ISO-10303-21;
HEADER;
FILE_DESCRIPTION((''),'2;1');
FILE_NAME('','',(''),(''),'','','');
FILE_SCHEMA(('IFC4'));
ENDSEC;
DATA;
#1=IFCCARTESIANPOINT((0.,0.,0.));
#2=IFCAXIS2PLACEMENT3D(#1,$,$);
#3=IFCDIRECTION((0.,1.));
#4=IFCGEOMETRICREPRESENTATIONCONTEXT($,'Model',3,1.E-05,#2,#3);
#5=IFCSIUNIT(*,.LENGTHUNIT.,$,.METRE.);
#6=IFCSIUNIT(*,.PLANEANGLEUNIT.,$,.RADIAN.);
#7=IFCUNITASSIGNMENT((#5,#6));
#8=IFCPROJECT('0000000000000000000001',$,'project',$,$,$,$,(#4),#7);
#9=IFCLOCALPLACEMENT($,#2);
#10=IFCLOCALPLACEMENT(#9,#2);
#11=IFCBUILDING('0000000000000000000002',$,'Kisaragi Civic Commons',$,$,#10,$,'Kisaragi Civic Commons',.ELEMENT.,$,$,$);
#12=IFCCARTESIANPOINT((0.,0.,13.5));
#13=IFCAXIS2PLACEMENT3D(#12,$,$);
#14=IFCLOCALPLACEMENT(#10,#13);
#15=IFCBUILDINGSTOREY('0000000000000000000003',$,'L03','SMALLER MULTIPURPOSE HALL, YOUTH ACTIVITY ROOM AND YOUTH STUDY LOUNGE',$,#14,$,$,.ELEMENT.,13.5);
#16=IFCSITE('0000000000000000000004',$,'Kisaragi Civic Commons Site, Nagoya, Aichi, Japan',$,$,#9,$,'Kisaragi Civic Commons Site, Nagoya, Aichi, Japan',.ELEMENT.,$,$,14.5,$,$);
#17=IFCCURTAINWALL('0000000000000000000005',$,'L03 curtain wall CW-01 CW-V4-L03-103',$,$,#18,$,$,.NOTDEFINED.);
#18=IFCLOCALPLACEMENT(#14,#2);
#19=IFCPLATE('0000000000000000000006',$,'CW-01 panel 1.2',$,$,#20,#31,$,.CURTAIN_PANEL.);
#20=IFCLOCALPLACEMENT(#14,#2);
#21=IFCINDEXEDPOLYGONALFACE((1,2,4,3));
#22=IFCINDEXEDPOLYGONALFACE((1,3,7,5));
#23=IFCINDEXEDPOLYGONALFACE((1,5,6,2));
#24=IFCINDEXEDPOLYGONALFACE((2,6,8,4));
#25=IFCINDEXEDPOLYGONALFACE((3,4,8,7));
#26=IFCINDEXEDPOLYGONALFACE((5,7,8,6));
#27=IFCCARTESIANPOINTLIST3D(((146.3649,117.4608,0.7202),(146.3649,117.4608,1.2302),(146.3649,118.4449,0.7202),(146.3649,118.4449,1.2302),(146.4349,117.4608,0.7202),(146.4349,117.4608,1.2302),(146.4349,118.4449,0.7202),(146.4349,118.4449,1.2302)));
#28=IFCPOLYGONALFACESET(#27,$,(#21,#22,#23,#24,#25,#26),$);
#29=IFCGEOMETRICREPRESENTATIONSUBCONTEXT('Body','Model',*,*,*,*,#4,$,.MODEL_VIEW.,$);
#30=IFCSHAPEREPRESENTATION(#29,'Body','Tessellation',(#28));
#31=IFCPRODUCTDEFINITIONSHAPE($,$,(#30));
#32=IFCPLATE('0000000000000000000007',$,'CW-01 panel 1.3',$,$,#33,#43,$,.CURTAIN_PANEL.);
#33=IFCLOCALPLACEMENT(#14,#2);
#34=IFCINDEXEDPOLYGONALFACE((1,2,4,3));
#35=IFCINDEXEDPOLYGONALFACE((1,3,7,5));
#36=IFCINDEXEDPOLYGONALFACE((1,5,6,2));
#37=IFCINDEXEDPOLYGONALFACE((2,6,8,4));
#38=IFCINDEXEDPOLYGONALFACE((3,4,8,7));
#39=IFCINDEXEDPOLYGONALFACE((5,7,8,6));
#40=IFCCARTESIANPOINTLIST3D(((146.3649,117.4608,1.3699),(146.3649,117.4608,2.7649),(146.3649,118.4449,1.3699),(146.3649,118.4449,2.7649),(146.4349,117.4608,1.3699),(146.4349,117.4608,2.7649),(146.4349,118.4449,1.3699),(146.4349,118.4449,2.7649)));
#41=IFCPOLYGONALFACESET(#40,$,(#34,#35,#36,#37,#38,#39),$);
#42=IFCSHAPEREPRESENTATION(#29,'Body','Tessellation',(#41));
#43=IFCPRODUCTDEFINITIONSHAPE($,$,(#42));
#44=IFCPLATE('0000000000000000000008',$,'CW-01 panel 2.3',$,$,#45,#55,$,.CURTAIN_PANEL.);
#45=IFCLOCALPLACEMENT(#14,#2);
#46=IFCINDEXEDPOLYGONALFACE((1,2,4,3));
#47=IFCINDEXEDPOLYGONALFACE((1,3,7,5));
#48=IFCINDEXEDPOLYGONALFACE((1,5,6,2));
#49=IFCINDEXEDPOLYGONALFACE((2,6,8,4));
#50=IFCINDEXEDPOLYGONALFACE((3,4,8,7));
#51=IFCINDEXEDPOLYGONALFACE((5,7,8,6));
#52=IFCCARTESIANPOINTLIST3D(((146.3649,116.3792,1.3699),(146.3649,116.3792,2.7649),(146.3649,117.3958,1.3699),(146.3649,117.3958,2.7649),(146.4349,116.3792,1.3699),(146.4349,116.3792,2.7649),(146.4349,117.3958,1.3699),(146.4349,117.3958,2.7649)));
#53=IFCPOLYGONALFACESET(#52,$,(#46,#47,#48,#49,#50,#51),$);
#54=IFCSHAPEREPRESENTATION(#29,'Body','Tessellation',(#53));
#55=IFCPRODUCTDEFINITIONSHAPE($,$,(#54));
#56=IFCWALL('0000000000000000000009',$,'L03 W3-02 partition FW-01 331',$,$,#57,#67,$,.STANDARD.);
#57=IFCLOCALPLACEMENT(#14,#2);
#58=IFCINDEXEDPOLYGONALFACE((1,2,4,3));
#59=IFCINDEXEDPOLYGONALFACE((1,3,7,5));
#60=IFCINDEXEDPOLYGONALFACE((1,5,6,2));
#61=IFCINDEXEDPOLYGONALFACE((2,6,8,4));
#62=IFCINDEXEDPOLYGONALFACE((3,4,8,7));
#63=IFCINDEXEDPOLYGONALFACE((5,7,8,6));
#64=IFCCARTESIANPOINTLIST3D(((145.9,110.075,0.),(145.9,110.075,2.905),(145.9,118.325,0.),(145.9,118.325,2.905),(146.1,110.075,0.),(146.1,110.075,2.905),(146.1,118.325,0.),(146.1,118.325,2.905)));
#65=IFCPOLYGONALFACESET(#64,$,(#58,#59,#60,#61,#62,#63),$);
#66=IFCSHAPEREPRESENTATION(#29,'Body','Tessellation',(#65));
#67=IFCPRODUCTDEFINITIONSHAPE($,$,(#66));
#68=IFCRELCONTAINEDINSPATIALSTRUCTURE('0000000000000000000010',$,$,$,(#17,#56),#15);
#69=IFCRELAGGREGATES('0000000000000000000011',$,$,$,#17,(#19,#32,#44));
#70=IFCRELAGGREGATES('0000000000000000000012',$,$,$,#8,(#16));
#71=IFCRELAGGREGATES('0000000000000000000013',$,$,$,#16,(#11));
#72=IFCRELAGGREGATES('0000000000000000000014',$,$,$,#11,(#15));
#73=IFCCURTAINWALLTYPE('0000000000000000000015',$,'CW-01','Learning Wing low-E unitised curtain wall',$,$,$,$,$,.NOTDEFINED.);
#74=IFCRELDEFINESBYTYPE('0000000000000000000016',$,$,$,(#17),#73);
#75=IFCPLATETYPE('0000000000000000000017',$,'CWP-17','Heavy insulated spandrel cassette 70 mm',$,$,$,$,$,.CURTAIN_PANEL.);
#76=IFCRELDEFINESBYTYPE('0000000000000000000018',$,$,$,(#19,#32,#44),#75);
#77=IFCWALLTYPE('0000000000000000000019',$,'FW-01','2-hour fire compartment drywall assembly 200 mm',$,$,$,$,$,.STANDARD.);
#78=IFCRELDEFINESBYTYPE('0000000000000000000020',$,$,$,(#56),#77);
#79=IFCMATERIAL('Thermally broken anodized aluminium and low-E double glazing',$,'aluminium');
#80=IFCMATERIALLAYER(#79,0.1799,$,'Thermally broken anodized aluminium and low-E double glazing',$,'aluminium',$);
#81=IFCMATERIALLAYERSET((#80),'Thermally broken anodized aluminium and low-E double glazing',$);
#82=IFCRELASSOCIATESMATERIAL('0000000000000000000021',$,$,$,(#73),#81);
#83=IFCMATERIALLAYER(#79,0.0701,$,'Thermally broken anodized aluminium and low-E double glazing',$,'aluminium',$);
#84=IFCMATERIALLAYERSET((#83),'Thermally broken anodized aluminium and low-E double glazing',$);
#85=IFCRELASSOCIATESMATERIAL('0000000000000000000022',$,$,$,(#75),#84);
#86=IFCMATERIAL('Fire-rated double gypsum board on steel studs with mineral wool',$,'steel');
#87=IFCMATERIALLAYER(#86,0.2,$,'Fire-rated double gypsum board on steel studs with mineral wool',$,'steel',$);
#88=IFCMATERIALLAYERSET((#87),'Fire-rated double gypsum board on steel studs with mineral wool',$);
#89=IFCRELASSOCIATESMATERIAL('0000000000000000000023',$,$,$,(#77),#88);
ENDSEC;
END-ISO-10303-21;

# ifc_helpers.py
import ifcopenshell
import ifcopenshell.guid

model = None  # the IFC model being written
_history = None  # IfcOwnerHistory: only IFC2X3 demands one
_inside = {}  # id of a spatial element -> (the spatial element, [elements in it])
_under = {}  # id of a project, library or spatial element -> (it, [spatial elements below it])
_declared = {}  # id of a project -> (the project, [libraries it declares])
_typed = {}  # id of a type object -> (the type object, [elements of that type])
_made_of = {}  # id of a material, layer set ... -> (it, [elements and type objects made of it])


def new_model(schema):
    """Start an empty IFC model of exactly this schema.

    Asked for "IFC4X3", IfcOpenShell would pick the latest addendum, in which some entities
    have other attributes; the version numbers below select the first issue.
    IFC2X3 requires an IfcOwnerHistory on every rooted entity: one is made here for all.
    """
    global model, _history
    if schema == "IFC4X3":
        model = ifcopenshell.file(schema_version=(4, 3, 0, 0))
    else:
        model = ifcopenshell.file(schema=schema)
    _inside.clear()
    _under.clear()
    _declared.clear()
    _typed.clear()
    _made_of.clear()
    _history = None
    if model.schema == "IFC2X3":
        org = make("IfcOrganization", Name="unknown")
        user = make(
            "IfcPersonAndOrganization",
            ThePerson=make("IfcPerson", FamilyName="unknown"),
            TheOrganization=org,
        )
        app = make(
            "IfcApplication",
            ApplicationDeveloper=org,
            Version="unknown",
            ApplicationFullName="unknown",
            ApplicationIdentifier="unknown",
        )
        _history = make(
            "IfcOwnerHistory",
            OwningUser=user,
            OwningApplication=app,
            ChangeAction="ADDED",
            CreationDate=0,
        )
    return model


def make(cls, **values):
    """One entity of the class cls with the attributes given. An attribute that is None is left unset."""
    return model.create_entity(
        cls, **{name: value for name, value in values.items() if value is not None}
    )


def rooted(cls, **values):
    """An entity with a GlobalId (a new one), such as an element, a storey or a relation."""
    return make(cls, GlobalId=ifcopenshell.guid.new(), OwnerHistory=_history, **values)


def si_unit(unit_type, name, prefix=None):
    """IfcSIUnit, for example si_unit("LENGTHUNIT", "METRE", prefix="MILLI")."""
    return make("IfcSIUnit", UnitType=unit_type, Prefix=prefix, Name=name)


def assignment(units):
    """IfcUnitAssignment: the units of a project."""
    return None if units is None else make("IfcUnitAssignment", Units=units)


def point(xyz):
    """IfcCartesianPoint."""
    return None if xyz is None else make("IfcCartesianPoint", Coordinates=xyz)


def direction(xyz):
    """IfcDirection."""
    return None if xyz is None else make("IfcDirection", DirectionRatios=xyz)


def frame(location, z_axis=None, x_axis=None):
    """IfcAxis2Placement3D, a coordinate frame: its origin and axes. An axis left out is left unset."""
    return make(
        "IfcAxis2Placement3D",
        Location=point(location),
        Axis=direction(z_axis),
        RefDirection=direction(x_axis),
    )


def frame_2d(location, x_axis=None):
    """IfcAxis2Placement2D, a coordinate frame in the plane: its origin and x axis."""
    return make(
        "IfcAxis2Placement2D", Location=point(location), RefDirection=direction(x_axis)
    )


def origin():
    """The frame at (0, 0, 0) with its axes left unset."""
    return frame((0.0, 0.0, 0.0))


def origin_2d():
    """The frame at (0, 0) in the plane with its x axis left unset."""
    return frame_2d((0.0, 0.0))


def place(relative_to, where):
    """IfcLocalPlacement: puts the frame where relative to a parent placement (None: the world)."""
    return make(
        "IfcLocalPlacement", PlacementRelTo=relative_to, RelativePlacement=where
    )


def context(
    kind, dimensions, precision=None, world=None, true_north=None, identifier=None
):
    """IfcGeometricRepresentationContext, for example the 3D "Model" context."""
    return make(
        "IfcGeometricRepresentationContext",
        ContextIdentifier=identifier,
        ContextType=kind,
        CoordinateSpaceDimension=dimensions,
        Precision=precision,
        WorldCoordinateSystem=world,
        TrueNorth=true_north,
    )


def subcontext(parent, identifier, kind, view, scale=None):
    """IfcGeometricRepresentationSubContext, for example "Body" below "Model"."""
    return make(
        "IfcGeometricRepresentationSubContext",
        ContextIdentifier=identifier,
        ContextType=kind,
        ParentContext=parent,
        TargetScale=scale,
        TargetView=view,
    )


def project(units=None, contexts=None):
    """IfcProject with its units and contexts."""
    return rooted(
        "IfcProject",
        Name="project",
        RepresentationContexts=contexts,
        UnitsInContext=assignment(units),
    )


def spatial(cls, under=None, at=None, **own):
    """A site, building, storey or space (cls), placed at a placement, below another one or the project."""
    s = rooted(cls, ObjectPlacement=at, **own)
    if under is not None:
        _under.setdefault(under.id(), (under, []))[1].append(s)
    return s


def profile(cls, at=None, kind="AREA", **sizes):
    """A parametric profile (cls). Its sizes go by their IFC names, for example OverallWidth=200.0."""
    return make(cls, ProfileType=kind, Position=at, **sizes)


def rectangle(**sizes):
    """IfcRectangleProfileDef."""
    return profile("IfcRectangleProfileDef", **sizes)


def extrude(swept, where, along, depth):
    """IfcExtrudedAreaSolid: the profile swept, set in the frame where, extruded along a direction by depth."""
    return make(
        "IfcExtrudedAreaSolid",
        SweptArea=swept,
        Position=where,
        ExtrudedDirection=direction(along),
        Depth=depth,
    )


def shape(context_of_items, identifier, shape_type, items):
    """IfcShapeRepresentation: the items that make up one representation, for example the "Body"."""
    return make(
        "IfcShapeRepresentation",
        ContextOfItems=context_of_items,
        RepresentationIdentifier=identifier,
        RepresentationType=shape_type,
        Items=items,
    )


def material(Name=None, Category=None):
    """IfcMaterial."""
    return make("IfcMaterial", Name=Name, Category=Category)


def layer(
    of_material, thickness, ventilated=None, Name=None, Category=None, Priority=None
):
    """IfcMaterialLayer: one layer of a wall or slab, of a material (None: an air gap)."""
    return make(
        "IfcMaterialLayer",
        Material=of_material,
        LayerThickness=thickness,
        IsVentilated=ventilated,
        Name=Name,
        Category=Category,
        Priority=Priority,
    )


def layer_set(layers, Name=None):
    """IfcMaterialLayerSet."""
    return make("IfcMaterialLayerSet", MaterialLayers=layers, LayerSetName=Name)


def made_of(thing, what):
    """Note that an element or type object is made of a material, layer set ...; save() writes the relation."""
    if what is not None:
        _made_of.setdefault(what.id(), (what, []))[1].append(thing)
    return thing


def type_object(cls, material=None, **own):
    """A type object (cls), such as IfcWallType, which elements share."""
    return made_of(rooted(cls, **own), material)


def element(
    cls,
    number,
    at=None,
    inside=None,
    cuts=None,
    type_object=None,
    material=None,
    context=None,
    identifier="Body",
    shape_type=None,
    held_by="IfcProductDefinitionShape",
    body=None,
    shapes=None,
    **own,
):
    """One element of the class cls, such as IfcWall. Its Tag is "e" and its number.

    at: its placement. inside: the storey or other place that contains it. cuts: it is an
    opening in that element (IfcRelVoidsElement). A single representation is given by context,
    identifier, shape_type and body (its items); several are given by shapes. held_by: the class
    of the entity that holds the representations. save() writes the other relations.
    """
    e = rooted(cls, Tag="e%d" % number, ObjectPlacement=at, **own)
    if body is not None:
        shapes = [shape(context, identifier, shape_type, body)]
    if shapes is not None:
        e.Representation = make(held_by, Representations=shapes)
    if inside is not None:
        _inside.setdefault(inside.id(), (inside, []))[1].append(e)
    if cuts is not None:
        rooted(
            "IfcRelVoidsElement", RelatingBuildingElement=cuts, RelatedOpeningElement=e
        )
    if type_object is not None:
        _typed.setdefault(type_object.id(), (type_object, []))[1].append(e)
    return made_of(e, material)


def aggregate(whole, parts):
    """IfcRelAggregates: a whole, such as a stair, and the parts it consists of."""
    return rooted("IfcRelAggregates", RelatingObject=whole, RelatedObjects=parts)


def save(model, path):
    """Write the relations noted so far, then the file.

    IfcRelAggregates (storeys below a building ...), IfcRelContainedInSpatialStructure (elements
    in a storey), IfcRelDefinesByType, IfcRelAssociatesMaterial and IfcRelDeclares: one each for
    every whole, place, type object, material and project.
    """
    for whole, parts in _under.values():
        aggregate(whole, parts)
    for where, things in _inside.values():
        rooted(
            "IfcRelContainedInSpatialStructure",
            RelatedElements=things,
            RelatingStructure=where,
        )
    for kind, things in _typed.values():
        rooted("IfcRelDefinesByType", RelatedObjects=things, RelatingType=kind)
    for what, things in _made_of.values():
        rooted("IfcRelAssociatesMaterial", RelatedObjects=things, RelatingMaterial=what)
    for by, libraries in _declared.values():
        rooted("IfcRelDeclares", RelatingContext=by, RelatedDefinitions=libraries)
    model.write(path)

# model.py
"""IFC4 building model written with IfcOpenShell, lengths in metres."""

from ifc_helpers import new_model, si_unit, direction, frame, frame_2d, origin, origin_2d, place, context, subcontext, project, spatial, rectangle, extrude, material, layer, layer_set, type_object, element, aggregate, save


model = new_model("IFC4")

# Units and contexts
model_context = context("Model", 3, precision=1e-05, world=origin(), true_north=direction((0.0, 1.0)))
body_context = subcontext(model_context, "Body", "Model", "MODEL_VIEW")
ifc_project = project(units=[si_unit("LENGTHUNIT", "METRE"), si_unit("PLANEANGLEUNIT", "RADIAN")], contexts=[model_context])

# Site, building, storey
site_placement = place(None, origin())
site = spatial("IfcSite", under=ifc_project, at=site_placement, Name="Kisaragi Civic Commons Site, Nagoya, Aichi, Japan", LongName="Kisaragi Civic Commons Site, Nagoya, Aichi, Japan", CompositionType="ELEMENT", RefElevation=14.5)
building_placement = place(site_placement, origin())
building = spatial("IfcBuilding", under=site, at=building_placement, Name="Kisaragi Civic Commons", LongName="Kisaragi Civic Commons", CompositionType="ELEMENT")
storey_placement = place(building_placement, frame((0.0, 0.0, 13.5)))
storey = spatial("IfcBuildingStorey", under=building, at=storey_placement, Name="L03", Description="SMALLER MULTIPURPOSE HALL, YOUTH ACTIVITY ROOM AND YOUTH STUDY LOUNGE", CompositionType="ELEMENT", Elevation=13.5)

# Shared definitions
ifc_material_1 = material(Name="Thermally broken anodized aluminium and low-E double glazing", Category="aluminium")
ifc_layer_1 = layer(ifc_material_1, 0.1799, Name="Thermally broken anodized aluminium and low-E double glazing", Category="aluminium")
ifc_layer_set_1 = layer_set([ifc_layer_1], Name="Thermally broken anodized aluminium and low-E double glazing")
curtain_wall_type = type_object("IfcCurtainWallType", Name="CW-01", Description="Learning Wing low-E unitised curtain wall", PredefinedType="NOTDEFINED", material=ifc_layer_set_1)

# Curtain wall
curtain_wall_1_placement = place(storey_placement, origin())
curtain_wall_1 = element("IfcCurtainWall", 1, at=curtain_wall_1_placement, inside=storey, type_object=curtain_wall_type, Name="L03 curtain wall CW-01 CW-V4-L03-103", PredefinedType="NOTDEFINED")

# Plates
ifc_layer_2 = layer(ifc_material_1, 0.0701, Name="Thermally broken anodized aluminium and low-E double glazing", Category="aluminium")
ifc_layer_set_2 = layer_set([ifc_layer_2], Name="Thermally broken anodized aluminium and low-E double glazing")
plate_type_1 = type_object("IfcPlateType", Name="CWP-17", Description="Heavy insulated spandrel cassette 70 mm", PredefinedType="CURTAIN_PANEL", material=ifc_layer_set_2)
plate_1_placement = place(storey_placement, frame((146.3999, 117.9529, 0.7202), z_axis=(0.0, 0.0, 1.0), x_axis=(0.0, -1.0, 0.0)))
plate_1 = element("IfcPlate", 2, at=plate_1_placement, type_object=plate_type_1, Name="CW-01 panel 1.2", PredefinedType="CURTAIN_PANEL", context=body_context, shape_type="SweptSolid", body=[
    extrude(rectangle(XDim=0.9841, YDim=0.0701, at=origin_2d()), origin(), (0.0, 0.0, 1.0), 0.51),
])
plate_2_placement = place(storey_placement, frame((146.3999, 117.9529, 1.3699), z_axis=(0.0, 0.0, 1.0), x_axis=(0.0, -1.0, 0.0)))
plate_2 = element("IfcPlate", 3, at=plate_2_placement, type_object=plate_type_1, Name="CW-01 panel 1.3", PredefinedType="CURTAIN_PANEL", context=body_context, shape_type="SweptSolid", body=[
    extrude(rectangle(XDim=0.9841, YDim=0.0701, at=origin_2d()), origin(), (0.0, 0.0, 1.0), 1.395),
])
plate_3_placement = place(storey_placement, frame((146.3999, 116.8875, 1.3699), z_axis=(0.0, 0.0, 1.0), x_axis=(0.0, -1.0, 0.0)))
plate_3 = element("IfcPlate", 4, at=plate_3_placement, type_object=plate_type_1, Name="CW-01 panel 2.3", PredefinedType="CURTAIN_PANEL", context=body_context, shape_type="SweptSolid", body=[
    extrude(rectangle(XDim=1.0166, YDim=0.0701, at=origin_2d()), origin(), (0.0, 0.0, 1.0), 1.395),
])
aggregate(curtain_wall_1, [plate_1, plate_2, plate_3])

# Wall
ifc_material_2 = material(Name="Fire-rated double gypsum board on steel studs with mineral wool", Category="steel")
ifc_layer_3 = layer(ifc_material_2, 0.2, Name="Fire-rated double gypsum board on steel studs with mineral wool", Category="steel")
ifc_layer_set_3 = layer_set([ifc_layer_3], Name="Fire-rated double gypsum board on steel studs with mineral wool")
wall_type = type_object("IfcWallType", Name="FW-01", Description="2-hour fire compartment drywall assembly 200 mm", PredefinedType="STANDARD", material=ifc_layer_set_3)
wall_placement = place(storey_placement, frame((146.0, 118.325, 0.0), z_axis=(0.0, 0.0, 1.0), x_axis=(0.0, -1.0, 0.0)))
element("IfcWall", 5, at=wall_placement, inside=storey, type_object=wall_type, Name="L03 W3-02 partition FW-01 331", PredefinedType="STANDARD", context=body_context, shape_type="SweptSolid", body=[
    extrude(rectangle(XDim=8.25, YDim=0.2, at=frame_2d((4.125, 0.0))), origin(), (0.0, 0.0, 1.0), 2.905),
])

save(model, "model.ifc")
